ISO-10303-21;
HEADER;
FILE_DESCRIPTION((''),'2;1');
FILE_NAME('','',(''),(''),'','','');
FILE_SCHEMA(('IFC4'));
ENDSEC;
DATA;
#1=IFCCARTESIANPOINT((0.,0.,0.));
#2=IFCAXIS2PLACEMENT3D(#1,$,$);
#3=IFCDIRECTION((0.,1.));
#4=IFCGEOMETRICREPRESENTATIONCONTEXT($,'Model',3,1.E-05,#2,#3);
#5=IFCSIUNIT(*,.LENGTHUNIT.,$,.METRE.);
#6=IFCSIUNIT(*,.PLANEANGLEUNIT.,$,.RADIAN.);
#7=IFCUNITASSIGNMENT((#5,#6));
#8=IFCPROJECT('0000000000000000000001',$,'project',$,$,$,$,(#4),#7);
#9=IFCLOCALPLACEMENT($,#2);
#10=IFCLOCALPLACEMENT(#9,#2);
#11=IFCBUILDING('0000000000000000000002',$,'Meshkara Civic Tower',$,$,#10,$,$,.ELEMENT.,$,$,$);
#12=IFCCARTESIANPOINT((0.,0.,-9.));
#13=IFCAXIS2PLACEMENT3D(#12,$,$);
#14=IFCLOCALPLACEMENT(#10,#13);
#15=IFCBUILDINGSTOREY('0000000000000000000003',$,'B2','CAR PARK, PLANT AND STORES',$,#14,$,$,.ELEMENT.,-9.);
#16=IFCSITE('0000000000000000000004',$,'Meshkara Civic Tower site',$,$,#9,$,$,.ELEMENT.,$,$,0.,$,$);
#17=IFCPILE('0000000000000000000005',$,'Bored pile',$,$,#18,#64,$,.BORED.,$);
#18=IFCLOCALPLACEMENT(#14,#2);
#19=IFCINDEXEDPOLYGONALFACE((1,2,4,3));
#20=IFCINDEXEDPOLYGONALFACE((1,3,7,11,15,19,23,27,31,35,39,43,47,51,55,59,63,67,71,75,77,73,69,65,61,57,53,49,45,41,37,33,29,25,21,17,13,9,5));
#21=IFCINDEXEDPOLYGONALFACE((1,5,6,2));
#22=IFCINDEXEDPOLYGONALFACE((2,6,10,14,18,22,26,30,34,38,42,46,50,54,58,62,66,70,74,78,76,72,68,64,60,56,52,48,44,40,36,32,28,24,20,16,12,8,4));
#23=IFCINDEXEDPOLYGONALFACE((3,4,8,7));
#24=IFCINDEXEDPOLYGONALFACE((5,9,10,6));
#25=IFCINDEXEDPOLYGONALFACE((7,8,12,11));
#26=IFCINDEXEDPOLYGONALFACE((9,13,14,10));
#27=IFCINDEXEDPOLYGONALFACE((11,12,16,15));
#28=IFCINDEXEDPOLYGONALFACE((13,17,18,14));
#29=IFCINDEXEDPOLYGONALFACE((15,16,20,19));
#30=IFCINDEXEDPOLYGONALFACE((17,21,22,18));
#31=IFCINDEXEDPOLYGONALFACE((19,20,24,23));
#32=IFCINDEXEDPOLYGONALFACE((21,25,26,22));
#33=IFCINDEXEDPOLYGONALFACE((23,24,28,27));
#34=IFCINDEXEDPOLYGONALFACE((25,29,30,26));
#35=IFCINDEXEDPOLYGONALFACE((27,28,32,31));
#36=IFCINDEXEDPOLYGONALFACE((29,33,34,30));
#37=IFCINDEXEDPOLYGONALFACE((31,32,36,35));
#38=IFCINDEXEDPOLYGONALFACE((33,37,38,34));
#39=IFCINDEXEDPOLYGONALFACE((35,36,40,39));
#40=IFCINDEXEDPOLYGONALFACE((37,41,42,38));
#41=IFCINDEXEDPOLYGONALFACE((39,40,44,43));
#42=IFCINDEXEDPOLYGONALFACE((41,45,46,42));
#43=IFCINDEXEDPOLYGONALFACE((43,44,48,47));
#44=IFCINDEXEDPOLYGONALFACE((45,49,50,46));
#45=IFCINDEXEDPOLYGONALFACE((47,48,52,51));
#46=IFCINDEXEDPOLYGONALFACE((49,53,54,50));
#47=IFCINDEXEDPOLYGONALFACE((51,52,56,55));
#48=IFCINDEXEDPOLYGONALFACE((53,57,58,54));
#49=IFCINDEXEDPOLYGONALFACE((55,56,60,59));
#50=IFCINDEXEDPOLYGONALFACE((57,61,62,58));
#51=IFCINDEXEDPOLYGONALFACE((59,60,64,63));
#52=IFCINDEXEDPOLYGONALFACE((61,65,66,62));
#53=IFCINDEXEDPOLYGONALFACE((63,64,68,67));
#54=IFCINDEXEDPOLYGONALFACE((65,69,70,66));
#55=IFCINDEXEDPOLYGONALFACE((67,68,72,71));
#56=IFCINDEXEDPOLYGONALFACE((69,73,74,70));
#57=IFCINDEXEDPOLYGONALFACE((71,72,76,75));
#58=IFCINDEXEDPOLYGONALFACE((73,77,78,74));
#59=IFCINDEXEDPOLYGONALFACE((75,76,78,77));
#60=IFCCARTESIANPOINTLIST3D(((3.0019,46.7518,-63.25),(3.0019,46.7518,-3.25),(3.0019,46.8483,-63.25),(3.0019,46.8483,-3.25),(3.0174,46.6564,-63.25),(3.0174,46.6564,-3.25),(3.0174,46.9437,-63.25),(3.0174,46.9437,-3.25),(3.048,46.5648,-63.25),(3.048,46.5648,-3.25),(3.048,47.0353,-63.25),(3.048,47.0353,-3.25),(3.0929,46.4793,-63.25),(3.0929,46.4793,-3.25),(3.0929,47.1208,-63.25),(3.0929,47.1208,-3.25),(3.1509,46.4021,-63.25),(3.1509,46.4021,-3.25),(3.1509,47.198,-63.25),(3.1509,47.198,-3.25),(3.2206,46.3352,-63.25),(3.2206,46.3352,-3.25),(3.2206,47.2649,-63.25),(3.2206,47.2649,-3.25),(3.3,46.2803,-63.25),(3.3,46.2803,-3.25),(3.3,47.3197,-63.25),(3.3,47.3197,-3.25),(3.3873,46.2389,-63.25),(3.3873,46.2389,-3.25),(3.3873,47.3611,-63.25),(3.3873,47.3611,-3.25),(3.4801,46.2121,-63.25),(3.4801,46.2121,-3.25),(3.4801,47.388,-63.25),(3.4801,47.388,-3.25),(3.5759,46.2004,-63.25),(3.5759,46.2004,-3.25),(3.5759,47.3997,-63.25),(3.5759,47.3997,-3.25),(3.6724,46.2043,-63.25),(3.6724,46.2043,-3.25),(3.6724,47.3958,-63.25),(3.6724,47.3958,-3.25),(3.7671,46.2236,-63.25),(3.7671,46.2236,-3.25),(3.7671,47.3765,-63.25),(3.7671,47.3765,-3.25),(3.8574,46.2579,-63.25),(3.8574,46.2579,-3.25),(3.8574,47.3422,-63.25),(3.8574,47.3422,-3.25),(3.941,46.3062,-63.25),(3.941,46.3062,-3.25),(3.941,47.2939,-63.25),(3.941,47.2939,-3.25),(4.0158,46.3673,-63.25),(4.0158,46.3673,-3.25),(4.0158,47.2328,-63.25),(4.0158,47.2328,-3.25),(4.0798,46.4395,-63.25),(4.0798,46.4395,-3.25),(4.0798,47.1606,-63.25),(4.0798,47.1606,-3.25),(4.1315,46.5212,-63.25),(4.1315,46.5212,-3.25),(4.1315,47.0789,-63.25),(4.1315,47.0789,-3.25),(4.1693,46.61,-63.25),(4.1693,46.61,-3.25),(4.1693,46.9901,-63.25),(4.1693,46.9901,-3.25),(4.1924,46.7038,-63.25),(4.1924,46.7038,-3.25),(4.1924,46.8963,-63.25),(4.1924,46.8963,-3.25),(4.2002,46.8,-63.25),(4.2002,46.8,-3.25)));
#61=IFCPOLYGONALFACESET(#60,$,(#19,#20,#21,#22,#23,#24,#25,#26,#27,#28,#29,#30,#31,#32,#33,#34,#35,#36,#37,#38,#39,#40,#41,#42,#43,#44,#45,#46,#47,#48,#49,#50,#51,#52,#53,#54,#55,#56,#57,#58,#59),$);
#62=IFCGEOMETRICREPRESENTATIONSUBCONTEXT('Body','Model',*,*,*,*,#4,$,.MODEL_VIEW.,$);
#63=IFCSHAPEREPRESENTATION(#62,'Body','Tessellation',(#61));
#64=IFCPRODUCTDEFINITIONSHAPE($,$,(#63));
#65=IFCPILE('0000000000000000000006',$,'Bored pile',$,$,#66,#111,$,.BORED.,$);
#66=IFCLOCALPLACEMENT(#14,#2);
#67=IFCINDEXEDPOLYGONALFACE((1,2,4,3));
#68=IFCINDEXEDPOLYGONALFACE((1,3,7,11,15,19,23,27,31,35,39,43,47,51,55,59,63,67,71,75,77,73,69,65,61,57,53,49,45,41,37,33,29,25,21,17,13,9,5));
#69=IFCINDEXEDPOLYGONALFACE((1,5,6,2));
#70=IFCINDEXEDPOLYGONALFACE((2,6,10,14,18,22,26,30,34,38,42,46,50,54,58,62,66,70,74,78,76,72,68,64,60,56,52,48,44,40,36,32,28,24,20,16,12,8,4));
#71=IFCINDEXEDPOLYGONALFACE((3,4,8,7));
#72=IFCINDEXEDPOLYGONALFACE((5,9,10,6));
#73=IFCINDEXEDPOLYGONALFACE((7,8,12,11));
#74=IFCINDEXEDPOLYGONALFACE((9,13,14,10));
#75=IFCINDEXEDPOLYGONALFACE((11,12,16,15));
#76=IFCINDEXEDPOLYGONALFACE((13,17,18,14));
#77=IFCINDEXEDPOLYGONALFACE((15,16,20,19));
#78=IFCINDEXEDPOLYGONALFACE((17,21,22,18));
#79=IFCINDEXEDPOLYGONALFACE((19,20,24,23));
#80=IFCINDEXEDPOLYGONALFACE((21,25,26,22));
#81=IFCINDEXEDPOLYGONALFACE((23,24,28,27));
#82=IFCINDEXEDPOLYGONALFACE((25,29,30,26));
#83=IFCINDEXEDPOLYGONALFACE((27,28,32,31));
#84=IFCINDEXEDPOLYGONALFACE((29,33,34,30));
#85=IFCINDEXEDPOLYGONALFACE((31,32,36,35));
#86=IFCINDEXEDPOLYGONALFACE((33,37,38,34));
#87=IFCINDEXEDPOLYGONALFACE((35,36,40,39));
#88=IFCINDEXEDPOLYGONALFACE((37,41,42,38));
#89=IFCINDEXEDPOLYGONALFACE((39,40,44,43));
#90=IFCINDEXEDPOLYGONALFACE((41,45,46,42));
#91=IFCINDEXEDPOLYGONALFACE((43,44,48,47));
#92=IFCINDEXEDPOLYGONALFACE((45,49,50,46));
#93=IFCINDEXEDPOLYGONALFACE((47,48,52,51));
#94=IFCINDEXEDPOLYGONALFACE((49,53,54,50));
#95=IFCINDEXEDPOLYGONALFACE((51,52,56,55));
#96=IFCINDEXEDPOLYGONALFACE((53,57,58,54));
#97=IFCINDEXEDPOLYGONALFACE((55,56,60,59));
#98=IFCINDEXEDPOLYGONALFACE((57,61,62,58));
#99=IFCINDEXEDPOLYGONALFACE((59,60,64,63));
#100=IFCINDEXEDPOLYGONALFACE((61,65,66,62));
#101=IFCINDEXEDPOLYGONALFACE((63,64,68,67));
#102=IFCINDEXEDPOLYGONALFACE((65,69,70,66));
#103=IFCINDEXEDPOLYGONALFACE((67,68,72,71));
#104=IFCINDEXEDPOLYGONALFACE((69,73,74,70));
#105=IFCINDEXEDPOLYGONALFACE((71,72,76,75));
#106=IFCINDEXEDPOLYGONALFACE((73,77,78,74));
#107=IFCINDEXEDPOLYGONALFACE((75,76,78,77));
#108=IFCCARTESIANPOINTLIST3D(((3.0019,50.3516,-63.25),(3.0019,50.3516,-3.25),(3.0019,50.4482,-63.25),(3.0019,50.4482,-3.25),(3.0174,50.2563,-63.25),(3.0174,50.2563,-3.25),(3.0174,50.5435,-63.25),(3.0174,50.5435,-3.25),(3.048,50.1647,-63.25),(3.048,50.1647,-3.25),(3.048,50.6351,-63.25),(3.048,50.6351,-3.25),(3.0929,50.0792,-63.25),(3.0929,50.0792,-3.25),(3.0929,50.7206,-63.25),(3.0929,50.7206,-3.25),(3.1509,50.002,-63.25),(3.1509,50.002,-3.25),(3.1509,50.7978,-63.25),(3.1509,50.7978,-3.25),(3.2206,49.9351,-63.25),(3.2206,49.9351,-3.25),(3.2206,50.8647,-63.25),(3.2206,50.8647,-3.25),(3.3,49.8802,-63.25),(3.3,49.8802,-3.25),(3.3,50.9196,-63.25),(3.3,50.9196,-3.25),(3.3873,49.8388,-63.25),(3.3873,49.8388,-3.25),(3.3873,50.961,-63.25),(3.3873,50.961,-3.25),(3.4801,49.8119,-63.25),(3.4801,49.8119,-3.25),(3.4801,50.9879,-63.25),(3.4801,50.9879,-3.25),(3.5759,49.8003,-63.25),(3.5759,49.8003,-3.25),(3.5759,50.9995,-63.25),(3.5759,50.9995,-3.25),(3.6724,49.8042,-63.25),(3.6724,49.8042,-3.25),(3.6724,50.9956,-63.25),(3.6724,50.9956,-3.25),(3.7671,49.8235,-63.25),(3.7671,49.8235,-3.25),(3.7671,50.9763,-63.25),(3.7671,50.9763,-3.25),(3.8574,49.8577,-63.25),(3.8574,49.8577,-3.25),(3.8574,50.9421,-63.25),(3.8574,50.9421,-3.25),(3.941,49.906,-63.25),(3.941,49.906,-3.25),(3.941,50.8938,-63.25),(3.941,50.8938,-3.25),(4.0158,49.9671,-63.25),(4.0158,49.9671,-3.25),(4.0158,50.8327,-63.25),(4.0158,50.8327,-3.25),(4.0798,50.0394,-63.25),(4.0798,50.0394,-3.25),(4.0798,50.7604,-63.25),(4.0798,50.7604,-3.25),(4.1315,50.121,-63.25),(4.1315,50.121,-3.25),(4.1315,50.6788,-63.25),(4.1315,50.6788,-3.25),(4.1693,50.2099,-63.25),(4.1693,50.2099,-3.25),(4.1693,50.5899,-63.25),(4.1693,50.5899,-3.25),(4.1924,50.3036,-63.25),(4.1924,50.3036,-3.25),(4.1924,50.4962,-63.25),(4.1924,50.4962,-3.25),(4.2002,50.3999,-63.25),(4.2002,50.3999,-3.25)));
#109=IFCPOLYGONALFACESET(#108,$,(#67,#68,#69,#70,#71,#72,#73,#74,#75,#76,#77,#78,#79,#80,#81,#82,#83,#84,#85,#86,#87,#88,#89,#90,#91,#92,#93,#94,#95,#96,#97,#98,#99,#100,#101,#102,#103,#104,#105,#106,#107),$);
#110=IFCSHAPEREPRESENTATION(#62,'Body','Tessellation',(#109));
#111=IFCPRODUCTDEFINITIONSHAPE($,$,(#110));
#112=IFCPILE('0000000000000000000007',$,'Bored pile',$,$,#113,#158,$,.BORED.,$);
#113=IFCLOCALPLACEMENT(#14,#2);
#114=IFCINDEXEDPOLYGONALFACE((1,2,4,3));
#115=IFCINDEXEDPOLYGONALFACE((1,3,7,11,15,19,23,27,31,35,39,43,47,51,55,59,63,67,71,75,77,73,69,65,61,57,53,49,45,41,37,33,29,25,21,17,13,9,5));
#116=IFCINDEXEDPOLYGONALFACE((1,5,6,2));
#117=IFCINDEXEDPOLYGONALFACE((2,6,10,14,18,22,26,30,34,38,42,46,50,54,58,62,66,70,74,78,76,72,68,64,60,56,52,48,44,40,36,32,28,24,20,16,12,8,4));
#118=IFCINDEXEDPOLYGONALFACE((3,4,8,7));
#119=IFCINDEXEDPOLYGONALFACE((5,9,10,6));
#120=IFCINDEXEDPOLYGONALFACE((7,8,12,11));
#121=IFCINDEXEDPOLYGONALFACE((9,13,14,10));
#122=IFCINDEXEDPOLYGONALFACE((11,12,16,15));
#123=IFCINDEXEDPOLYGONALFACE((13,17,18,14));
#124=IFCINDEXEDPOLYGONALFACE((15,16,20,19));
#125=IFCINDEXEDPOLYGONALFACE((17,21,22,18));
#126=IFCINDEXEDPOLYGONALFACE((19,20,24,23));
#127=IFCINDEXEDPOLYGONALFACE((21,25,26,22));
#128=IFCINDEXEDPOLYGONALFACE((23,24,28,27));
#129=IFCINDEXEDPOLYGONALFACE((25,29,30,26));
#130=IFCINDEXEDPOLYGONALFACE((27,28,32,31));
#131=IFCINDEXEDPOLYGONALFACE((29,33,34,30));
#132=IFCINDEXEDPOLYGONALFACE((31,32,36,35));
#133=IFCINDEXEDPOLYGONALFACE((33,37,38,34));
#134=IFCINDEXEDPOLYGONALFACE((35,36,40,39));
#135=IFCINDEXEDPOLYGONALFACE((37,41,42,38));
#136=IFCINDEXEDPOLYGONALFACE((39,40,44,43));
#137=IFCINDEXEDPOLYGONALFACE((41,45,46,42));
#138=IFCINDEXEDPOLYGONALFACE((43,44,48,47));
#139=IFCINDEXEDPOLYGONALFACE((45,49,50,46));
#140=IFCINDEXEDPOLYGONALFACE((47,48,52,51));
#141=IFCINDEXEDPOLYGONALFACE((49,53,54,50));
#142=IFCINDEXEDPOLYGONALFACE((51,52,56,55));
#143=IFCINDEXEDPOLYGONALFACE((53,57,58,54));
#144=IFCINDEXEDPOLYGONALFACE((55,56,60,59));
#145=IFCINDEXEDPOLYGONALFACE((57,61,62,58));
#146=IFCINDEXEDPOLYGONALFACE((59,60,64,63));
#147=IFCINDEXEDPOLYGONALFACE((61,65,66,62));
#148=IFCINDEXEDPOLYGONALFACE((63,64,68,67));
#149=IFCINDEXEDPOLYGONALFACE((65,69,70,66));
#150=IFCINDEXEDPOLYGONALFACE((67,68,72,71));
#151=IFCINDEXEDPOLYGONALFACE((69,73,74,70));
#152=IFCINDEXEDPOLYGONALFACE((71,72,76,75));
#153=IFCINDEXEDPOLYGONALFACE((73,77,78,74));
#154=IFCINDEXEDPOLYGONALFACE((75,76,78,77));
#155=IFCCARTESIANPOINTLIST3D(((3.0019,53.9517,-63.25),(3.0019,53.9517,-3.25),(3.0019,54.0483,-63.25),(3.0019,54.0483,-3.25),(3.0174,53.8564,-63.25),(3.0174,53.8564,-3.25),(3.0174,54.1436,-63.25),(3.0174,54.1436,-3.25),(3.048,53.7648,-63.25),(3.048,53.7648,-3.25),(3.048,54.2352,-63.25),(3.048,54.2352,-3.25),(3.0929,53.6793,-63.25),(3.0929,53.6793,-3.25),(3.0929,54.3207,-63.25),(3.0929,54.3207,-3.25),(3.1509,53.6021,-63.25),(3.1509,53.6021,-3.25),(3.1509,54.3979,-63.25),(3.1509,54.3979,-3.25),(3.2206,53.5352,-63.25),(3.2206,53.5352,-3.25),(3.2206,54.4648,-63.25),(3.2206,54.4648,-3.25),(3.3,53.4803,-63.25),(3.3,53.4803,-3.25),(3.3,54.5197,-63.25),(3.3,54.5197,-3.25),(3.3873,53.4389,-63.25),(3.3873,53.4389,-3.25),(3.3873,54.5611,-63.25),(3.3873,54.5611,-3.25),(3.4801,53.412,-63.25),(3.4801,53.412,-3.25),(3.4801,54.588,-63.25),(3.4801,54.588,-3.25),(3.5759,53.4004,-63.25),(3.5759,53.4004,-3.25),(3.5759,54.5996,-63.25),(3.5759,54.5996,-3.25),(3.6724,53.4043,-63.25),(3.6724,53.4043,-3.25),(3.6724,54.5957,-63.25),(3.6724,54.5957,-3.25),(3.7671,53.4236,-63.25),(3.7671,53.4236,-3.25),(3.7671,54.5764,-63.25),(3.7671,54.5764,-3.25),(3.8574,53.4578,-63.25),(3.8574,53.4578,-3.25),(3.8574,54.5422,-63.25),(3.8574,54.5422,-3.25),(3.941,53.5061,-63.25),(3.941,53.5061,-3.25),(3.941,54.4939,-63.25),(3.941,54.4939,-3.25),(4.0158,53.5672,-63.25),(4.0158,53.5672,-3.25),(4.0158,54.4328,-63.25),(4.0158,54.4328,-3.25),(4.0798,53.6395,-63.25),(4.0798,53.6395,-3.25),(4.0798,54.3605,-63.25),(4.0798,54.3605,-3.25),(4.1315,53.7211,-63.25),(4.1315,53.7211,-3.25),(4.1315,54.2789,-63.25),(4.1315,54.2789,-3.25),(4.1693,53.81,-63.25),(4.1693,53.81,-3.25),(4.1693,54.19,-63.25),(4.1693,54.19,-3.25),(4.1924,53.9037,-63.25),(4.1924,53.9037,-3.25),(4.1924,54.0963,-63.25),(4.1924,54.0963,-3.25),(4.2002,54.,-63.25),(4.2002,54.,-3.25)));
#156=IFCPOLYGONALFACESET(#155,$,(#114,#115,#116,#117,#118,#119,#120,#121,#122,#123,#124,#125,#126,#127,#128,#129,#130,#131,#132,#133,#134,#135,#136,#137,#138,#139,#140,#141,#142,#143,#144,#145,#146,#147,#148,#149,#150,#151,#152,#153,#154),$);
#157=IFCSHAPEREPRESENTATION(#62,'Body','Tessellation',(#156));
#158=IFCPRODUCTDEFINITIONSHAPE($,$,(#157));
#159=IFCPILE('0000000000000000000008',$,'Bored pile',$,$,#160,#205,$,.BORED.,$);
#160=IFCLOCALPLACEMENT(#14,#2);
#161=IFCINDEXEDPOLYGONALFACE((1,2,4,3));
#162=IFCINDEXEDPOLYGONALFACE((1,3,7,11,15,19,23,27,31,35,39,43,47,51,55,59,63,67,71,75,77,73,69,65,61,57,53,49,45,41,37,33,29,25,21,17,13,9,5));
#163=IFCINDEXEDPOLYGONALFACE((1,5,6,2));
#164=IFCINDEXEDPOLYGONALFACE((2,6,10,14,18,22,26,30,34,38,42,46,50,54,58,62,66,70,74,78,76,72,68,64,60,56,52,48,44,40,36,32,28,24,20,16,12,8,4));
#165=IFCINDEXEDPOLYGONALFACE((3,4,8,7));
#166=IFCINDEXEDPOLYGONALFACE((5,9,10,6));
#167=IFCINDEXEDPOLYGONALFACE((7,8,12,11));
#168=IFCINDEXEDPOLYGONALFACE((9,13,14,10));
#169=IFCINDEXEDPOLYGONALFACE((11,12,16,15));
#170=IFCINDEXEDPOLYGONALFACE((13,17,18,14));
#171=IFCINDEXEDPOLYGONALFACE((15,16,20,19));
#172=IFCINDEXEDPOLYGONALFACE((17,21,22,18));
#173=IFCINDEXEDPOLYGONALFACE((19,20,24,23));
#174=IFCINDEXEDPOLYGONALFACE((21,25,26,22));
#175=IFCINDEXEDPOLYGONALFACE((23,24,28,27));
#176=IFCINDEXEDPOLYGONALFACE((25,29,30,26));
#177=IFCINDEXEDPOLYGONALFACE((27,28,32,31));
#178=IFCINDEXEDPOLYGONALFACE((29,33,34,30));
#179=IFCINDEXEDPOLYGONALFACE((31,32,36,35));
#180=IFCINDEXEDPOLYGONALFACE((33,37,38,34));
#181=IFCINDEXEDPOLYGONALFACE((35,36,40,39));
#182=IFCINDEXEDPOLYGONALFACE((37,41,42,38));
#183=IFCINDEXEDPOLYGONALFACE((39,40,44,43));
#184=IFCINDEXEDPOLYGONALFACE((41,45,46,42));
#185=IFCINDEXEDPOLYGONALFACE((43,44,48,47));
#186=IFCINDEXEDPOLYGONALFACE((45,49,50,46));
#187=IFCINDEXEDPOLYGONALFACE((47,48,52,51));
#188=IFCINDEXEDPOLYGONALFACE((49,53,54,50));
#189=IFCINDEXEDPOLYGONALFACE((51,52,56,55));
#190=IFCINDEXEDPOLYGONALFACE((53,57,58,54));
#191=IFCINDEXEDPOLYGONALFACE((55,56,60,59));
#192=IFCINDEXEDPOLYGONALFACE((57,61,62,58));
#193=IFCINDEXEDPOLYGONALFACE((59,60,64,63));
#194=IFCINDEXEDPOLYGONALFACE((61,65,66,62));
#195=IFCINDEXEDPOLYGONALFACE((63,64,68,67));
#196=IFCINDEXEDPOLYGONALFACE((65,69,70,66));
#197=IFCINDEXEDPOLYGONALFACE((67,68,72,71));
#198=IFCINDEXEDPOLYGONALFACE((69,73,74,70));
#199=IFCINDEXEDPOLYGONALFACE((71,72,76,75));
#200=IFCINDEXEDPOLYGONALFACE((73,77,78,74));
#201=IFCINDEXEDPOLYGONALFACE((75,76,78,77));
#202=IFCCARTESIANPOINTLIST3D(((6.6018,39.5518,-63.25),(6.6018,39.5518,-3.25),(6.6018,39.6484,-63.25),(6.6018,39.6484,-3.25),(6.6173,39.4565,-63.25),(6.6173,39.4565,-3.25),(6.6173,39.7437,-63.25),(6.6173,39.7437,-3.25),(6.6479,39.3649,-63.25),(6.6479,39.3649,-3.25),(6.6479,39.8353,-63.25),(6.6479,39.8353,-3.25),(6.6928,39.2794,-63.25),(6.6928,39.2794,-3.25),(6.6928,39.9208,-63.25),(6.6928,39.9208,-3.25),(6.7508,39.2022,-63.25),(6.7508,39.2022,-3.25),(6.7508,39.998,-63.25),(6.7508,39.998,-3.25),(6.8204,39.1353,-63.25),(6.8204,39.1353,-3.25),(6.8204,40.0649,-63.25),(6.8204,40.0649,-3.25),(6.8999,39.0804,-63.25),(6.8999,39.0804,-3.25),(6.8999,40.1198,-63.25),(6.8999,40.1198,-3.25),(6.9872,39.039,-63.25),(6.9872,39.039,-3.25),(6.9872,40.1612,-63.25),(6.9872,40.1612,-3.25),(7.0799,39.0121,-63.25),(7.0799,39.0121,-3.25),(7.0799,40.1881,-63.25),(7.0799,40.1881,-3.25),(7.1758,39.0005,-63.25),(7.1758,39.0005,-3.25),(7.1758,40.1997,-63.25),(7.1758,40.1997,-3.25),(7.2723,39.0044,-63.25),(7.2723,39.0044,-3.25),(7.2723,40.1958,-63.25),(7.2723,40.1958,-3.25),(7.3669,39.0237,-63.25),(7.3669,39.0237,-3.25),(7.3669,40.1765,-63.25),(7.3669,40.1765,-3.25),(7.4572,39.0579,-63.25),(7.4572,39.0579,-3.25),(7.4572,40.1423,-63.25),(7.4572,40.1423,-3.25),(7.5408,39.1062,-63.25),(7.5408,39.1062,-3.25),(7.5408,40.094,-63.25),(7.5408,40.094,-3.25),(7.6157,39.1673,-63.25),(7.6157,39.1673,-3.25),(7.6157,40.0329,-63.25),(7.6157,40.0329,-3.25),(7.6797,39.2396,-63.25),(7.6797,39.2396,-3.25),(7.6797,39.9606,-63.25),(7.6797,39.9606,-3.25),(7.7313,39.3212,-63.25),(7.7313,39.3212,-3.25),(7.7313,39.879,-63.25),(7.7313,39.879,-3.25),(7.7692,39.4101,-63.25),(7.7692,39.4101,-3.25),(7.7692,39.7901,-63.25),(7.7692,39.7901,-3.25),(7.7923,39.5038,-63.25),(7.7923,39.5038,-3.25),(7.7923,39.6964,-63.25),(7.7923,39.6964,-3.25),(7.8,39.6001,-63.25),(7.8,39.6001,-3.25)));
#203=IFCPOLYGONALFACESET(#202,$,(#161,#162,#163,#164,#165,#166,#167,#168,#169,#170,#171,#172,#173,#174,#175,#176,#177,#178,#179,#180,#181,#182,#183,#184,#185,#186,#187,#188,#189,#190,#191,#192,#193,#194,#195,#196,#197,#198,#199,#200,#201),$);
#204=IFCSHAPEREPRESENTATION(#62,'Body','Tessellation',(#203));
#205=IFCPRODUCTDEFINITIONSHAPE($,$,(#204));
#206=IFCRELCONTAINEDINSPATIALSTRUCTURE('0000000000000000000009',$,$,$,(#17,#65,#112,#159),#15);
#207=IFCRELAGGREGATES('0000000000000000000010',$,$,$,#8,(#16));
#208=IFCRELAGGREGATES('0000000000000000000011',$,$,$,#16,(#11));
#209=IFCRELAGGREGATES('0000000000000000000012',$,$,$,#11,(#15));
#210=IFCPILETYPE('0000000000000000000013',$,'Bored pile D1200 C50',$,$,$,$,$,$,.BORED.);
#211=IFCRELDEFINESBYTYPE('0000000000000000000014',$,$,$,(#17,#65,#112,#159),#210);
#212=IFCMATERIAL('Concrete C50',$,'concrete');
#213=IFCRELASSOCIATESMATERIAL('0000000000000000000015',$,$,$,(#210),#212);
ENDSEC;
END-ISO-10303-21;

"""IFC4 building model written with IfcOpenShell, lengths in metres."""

from ifc_helpers import new_model, si_unit, direction, frame, origin, origin_2d, place, context, subcontext, project, spatial, circle, extrude, material, material_profile, profile_set, type_object, element, save


model = new_model("IFC4")

# Units and contexts
model_context = context("Model", 3, precision=1e-05, world=origin(), true_north=direction((0.0, 1.0)))
body_context = subcontext(model_context, "Body", "Model", "MODEL_VIEW")
ifc_project = project(units=[si_unit("LENGTHUNIT", "METRE"), si_unit("PLANEANGLEUNIT", "RADIAN")], contexts=[model_context])

# Site, building, storey
site_placement = place(None, origin())
site = spatial("IfcSite", under=ifc_project, at=site_placement, Name="Meshkara Civic Tower site", CompositionType="ELEMENT", RefElevation=0.0)
building_placement = place(site_placement, origin())
building = spatial("IfcBuilding", under=site, at=building_placement, Name="Meshkara Civic Tower", CompositionType="ELEMENT")
storey_placement = place(building_placement, frame((0.0, 0.0, -9.0)))
storey = spatial("IfcBuildingStorey", under=building, at=storey_placement, Name="B2", Description="CAR PARK, PLANT AND STORES", CompositionType="ELEMENT", Elevation=-9.0)

# Piles
ifc_material_1 = material(Name="Concrete C50", Category="concrete")
ifc_material_profile_1 = material_profile(ifc_material_1, circle(Radius=0.6001, at=origin_2d()))
ifc_profile_set_1 = profile_set([ifc_material_profile_1], Name="Concrete C50")
pile_type = type_object("IfcPileType", Name="Bored pile D1200 C50", PredefinedType="BORED", material=ifc_profile_set_1)
for number, where, z_axis, x_axis, name in (
    (1, (3.6001, 46.8, -3.25), (0.0, 0.0, -1.0), (1.0, 0.0, 0.0), "Bored pile"),
    (2, (3.6001, 50.3999, -3.25), (0.0, 0.0, -1.0), (1.0, 0.0, 0.0), "Bored pile"),
    (3, (3.6001, 54.0, -3.25), (0.0, 0.0, -1.0), (1.0, 0.0, 0.0), "Bored pile"),
    (4, (7.2, 39.6001, -3.25), (0.0, 0.0, -1.0), (1.0, 0.0, 0.0), "Bored pile"),
):
    element("IfcPile", number, at=place(storey_placement, frame(where, z_axis=z_axis, x_axis=x_axis)), inside=storey, type_object=pile_type, Name=name, PredefinedType="BORED", context=body_context, shape_type="SweptSolid", body=[
        extrude(circle(Radius=0.6001, at=origin_2d()), origin(), (0.0, 0.0, 1.0), 60.0),
    ])

save(model, "model.ifc")
